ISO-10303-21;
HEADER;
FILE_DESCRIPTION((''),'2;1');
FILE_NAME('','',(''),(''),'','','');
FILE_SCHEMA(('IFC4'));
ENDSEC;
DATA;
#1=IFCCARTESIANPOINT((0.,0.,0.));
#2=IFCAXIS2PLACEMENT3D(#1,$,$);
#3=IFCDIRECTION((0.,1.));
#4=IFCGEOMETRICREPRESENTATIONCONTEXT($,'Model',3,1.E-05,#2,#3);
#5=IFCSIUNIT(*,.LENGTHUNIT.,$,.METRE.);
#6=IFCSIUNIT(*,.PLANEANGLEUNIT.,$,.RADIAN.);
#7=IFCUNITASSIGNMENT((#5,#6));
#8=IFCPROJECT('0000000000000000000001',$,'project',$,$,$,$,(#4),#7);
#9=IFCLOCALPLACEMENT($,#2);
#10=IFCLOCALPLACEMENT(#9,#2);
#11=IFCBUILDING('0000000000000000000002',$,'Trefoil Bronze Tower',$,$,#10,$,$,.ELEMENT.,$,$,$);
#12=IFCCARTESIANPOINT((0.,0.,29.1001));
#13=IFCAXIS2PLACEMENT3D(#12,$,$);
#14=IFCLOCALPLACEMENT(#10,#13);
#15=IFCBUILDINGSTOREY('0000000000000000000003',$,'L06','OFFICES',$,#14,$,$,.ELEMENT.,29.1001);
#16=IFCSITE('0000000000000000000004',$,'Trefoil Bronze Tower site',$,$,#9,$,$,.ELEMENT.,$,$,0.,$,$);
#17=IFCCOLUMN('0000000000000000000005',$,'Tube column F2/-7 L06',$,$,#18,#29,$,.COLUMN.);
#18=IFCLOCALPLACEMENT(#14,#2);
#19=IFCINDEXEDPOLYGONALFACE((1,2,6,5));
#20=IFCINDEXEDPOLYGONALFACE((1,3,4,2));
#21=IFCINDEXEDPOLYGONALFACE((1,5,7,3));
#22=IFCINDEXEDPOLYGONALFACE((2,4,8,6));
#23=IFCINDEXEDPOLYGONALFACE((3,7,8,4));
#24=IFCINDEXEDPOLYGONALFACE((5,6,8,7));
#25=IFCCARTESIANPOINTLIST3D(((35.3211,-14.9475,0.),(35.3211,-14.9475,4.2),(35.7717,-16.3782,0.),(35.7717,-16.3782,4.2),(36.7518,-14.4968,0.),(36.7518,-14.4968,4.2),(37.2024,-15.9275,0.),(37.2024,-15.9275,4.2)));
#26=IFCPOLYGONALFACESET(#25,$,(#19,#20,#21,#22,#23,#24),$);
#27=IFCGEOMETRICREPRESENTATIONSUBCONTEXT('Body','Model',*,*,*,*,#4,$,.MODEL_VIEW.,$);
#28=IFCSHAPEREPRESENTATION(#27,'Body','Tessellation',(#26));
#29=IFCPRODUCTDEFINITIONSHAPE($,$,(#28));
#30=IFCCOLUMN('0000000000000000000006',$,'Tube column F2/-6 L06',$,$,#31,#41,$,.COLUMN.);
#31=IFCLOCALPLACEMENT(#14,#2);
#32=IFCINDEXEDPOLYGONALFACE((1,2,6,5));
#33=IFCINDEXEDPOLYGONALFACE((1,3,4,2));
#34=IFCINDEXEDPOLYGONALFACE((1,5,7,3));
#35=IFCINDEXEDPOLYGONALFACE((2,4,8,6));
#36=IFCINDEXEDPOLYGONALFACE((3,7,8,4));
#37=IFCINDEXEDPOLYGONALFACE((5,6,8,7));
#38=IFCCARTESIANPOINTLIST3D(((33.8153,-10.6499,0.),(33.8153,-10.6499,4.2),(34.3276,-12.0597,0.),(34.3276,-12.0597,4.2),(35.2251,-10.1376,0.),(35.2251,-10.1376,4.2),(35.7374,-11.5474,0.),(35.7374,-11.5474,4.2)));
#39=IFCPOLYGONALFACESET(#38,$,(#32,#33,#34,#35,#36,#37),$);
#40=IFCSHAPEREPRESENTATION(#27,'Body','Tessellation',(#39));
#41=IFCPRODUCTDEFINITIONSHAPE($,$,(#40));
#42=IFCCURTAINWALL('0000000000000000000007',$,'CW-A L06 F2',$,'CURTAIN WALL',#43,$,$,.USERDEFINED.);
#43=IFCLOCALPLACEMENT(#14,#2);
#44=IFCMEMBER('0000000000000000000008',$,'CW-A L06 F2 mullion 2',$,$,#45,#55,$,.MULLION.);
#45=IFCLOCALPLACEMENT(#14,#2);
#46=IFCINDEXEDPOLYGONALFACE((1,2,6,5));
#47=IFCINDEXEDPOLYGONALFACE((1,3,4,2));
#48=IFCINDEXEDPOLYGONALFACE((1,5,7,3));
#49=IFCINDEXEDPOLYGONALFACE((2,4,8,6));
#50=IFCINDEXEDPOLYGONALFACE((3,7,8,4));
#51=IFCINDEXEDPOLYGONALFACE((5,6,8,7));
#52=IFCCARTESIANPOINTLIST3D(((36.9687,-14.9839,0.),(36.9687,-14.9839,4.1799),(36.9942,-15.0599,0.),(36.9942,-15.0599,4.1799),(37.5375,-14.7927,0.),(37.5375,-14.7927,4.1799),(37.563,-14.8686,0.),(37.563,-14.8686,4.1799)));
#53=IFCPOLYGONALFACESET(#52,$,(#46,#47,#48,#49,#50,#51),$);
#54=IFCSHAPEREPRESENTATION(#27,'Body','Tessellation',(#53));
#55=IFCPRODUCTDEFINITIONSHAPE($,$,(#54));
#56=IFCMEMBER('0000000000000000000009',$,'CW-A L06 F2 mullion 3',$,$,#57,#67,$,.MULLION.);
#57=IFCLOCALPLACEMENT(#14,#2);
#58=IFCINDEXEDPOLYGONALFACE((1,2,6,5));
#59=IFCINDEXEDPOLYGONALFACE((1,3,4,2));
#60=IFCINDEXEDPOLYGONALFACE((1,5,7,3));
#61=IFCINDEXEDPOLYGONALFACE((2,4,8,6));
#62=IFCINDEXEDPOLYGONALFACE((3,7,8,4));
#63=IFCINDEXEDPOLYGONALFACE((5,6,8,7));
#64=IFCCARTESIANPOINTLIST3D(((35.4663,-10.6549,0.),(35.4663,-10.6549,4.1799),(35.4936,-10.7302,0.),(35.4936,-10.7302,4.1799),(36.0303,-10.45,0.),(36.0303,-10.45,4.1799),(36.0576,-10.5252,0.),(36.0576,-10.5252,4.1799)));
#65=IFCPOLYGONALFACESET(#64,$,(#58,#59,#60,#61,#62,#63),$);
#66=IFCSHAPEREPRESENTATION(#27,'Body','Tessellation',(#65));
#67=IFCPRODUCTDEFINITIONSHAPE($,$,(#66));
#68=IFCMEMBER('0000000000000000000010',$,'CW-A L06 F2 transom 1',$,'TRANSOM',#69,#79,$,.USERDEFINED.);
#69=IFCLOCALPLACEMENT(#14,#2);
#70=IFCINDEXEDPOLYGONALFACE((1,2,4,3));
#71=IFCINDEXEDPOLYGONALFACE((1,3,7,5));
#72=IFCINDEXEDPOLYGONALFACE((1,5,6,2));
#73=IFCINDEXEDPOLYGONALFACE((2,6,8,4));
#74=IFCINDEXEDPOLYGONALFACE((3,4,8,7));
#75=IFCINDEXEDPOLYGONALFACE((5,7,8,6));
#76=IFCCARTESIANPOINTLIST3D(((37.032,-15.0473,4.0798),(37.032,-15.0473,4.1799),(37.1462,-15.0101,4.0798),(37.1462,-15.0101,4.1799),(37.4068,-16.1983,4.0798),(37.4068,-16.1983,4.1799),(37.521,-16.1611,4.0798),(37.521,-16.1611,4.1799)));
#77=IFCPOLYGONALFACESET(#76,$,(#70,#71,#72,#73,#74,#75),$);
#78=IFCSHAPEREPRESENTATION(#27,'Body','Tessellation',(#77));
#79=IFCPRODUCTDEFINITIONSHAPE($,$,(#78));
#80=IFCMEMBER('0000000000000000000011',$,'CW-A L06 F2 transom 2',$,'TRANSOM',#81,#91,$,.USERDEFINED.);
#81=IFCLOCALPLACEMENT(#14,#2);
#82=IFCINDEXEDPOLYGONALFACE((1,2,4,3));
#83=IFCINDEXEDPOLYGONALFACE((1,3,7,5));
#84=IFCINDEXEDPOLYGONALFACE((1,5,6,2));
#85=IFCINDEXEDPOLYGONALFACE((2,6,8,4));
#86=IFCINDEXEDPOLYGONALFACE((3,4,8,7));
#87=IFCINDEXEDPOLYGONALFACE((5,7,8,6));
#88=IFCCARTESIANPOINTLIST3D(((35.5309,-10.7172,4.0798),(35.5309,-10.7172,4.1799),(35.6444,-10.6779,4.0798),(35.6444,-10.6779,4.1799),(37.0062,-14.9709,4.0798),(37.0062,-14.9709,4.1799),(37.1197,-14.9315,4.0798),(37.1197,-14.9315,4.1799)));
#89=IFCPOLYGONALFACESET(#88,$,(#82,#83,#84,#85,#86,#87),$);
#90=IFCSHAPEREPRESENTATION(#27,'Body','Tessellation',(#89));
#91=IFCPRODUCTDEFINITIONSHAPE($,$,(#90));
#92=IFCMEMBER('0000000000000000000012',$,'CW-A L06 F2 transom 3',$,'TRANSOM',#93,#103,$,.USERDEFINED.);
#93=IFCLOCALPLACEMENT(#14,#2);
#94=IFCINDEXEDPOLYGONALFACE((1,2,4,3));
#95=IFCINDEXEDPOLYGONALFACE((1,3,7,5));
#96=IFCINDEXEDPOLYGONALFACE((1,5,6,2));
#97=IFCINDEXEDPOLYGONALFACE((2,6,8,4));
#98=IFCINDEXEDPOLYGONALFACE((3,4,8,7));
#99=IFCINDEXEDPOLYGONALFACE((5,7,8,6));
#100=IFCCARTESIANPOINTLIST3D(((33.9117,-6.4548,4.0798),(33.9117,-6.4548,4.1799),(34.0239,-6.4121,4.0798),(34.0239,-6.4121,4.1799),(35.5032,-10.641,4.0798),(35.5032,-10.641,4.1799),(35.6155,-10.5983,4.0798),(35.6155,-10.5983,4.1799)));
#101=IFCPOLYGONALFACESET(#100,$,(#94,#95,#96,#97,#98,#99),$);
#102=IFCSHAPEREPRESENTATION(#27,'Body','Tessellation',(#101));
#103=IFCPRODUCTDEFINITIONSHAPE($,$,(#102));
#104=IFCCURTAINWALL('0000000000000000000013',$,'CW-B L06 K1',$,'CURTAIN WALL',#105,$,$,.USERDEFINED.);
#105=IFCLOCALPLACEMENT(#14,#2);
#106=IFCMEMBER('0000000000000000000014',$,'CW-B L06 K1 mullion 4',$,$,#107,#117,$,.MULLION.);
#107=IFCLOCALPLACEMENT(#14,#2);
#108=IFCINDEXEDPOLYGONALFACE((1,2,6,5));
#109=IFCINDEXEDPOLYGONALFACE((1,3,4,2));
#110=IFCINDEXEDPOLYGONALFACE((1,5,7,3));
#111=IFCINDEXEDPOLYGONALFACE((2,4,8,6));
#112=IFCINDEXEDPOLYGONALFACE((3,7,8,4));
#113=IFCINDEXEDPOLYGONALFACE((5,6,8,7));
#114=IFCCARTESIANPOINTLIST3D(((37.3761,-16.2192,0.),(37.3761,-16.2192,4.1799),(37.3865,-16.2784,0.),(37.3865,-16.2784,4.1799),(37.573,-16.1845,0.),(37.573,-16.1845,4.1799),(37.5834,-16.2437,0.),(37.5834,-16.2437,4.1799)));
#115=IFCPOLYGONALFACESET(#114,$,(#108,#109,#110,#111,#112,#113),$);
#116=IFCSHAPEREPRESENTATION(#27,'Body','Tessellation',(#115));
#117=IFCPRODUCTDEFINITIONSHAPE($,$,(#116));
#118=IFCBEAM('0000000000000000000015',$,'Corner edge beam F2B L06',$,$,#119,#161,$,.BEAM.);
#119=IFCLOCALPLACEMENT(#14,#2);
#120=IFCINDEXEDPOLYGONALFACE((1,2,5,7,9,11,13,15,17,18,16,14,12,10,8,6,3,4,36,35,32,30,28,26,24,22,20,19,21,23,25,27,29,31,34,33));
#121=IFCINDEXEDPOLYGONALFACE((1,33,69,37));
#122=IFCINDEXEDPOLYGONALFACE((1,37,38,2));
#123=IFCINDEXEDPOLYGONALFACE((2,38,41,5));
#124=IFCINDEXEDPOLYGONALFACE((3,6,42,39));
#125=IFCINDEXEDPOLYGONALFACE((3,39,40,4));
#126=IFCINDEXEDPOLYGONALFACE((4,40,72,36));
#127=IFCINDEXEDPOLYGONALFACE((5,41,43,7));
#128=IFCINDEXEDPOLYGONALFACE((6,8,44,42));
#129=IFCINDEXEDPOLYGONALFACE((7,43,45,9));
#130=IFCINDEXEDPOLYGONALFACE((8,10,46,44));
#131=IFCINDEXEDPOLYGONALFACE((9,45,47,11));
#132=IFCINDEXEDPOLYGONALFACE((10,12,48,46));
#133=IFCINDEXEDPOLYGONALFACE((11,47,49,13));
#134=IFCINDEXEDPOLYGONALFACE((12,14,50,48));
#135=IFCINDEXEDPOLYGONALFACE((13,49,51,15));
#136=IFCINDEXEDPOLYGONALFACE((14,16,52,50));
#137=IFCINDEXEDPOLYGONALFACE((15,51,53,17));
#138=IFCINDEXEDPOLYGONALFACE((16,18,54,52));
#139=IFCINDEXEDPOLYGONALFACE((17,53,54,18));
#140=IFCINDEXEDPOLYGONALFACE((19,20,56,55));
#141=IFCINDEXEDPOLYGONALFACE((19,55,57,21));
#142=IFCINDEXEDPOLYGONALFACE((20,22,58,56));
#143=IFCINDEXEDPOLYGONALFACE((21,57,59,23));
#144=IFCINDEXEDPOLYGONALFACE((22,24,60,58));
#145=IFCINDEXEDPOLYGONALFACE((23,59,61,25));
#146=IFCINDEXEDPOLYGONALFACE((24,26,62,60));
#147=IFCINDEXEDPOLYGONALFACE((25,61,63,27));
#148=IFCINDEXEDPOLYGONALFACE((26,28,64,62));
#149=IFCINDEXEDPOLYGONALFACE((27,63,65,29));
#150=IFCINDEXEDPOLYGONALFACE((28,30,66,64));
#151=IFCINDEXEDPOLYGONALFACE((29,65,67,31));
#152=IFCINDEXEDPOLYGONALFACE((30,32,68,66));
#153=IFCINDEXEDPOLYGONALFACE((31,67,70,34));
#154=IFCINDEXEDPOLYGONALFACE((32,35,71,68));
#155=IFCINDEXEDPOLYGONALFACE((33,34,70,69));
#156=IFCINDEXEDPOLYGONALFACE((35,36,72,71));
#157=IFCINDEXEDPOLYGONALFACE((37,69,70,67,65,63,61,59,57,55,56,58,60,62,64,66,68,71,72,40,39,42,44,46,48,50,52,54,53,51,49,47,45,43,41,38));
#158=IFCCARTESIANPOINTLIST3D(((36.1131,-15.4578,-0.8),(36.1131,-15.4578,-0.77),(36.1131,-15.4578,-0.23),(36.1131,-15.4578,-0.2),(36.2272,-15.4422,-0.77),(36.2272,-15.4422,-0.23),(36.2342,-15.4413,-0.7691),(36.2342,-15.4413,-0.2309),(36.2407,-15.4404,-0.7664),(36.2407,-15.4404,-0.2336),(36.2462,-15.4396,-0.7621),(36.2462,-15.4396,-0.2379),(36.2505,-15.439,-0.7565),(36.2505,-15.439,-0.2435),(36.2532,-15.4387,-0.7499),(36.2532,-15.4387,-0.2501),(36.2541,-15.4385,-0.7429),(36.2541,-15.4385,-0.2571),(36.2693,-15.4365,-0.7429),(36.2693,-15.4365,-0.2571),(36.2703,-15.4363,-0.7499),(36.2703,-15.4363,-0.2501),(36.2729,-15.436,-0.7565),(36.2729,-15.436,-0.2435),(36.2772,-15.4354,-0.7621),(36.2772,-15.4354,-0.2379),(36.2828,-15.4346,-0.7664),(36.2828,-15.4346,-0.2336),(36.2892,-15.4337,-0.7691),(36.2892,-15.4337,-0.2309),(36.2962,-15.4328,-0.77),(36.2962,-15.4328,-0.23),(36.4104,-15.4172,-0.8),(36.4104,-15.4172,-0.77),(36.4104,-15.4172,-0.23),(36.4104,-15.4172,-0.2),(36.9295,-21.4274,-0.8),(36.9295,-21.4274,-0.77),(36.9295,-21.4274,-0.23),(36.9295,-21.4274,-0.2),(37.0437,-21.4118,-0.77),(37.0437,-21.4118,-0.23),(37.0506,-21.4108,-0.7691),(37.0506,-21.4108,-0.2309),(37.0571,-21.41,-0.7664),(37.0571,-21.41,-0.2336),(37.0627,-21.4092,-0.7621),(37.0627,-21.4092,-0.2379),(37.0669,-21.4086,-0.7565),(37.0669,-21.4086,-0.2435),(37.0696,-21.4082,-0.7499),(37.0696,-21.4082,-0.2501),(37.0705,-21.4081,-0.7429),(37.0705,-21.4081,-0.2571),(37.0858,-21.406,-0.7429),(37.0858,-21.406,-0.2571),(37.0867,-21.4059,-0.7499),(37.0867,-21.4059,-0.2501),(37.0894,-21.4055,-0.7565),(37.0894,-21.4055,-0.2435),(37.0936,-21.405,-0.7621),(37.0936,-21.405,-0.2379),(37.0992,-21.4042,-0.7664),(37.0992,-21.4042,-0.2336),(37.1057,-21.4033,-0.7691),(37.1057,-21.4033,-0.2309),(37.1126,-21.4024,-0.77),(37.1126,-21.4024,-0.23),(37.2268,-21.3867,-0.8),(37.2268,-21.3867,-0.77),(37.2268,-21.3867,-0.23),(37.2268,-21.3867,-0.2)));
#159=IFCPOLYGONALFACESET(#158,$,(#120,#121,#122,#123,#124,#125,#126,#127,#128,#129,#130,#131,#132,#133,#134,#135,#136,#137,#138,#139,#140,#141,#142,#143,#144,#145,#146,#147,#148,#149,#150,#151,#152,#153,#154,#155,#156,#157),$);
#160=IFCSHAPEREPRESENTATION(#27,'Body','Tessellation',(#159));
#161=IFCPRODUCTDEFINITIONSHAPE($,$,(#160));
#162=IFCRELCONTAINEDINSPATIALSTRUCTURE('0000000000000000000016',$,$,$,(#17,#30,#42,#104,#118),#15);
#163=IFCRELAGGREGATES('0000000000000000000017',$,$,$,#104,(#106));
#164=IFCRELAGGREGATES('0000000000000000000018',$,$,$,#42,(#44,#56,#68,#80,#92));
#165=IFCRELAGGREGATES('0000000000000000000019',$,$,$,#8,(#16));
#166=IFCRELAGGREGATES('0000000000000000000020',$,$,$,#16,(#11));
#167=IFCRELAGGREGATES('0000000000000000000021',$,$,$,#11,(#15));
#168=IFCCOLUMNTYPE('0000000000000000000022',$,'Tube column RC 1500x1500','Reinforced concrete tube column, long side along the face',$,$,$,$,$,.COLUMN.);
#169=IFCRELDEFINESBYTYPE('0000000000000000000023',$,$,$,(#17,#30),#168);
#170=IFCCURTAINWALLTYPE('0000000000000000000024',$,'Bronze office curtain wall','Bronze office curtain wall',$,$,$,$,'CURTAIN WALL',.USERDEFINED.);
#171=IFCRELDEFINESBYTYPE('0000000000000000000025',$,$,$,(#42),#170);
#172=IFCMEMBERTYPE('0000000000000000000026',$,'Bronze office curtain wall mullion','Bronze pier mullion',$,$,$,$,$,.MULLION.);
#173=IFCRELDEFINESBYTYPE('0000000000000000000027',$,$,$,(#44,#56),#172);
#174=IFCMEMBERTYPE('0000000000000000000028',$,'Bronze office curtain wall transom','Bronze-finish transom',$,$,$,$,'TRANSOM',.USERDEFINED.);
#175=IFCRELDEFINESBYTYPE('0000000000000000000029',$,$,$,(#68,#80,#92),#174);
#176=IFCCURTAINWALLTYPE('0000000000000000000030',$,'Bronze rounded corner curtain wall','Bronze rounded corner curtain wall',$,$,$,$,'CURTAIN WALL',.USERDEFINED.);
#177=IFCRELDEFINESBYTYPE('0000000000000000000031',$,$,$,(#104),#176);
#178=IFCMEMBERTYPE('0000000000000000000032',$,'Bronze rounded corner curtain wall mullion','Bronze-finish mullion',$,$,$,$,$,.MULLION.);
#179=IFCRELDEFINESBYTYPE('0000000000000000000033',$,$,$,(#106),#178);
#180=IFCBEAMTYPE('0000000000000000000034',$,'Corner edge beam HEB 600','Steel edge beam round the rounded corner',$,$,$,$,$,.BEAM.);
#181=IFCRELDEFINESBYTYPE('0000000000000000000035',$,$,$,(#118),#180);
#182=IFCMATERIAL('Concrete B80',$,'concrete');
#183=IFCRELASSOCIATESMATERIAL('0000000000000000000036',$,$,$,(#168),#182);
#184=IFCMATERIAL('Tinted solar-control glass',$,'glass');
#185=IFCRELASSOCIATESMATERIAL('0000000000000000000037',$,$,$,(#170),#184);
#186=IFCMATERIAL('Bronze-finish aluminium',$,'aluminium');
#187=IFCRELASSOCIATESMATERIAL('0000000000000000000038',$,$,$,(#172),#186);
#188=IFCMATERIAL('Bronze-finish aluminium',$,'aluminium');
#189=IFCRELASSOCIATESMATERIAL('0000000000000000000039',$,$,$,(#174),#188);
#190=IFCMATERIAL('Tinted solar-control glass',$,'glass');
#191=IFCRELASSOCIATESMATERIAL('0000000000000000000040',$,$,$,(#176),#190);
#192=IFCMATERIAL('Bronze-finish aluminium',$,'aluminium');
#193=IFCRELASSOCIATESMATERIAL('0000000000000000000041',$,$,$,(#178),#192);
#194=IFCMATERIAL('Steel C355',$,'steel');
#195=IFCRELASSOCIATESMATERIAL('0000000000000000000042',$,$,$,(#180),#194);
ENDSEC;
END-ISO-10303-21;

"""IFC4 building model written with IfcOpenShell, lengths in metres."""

from ifc_helpers import new_model, si_unit, direction, frame, origin, origin_2d, place, context, subcontext, project, spatial, rectangle, i_section, extrude, material, material_profile, profile_set, type_object, element, aggregate, save


model = new_model("IFC4")

# Units and contexts
model_context = context("Model", 3, precision=1e-05, world=origin(), true_north=direction((0.0, 1.0)))
body_context = subcontext(model_context, "Body", "Model", "MODEL_VIEW")
ifc_project = project(units=[si_unit("LENGTHUNIT", "METRE"), si_unit("PLANEANGLEUNIT", "RADIAN")], contexts=[model_context])

# Site, building, storey
site_placement = place(None, origin())
site = spatial("IfcSite", under=ifc_project, at=site_placement, Name="Trefoil Bronze Tower site", CompositionType="ELEMENT", RefElevation=0.0)
building_placement = place(site_placement, origin())
building = spatial("IfcBuilding", under=site, at=building_placement, Name="Trefoil Bronze Tower", CompositionType="ELEMENT")
storey_placement = place(building_placement, frame((0.0, 0.0, 29.1001)))
storey = spatial("IfcBuildingStorey", under=building, at=storey_placement, Name="L06", Description="OFFICES", CompositionType="ELEMENT", Elevation=29.1001)

# Columns
ifc_material_1 = material(Name="Concrete B80", Category="concrete")
ifc_material_profile_1 = material_profile(ifc_material_1, rectangle(XDim=1.5, YDim=1.5, at=origin_2d()), Name="RC 1500x1500")
ifc_profile_set_1 = profile_set([ifc_material_profile_1], Name="Concrete B80")
column_type = type_object("IfcColumnType", Name="Tube column RC 1500x1500", Description="Reinforced concrete tube column, long side along the face", PredefinedType="COLUMN", material=ifc_profile_set_1)
for number, where, z_axis, x_axis, name in (
    (1, (36.2617, -15.4375, 0.0), (0.0, 0.0, 1.0), (-0.300414, 0.953809, 0.0), "Tube column F2/-7 L06"),
    (2, (34.7764, -11.0986, 0.0), (0.0, 0.0, 1.0), (-0.341559, 0.93986, 0.0), "Tube column F2/-6 L06"),
):
    element("IfcColumn", number, at=place(storey_placement, frame(where, z_axis=z_axis, x_axis=x_axis)), inside=storey, type_object=column_type, Name=name, PredefinedType="COLUMN", context=body_context, shape_type="SweptSolid", body=[
        extrude(rectangle(XDim=1.5, YDim=1.5, at=origin_2d()), origin(), (0.0, 0.0, 1.0), 4.2),
    ])

# Curtain wall, members
ifc_material_2 = material(Name="Tinted solar-control glass", Category="glass")
curtain_wall_type_1 = type_object("IfcCurtainWallType", Name="Bronze office curtain wall", Description="Bronze office curtain wall", ElementType="CURTAIN WALL", PredefinedType="USERDEFINED", material=ifc_material_2)
curtain_wall_1_placement = place(storey_placement, origin())
curtain_wall_1 = element("IfcCurtainWall", 3, at=curtain_wall_1_placement, inside=storey, type_object=curtain_wall_type_1, Name="CW-A L06 F2", ObjectType="CURTAIN WALL", PredefinedType="USERDEFINED")
ifc_material_3 = material(Name="Bronze-finish aluminium", Category="aluminium")
ifc_material_profile_2 = material_profile(ifc_material_3, rectangle(XDim=0.6001, YDim=0.0801, at=origin_2d()), Name="CW-A mullion")
ifc_profile_set_2 = profile_set([ifc_material_profile_2], Name="Bronze-finish aluminium")
member_type_1 = type_object("IfcMemberType", Name="Bronze office curtain wall mullion", Description="Bronze pier mullion", PredefinedType="MULLION", material=ifc_profile_set_2)
member_1_placement = place(storey_placement, frame((37.2659, -14.9263, 0.0), z_axis=(0.0, 0.0, 1.0), x_axis=(-0.947851, -0.318715, 0.0)))
member_1 = element("IfcMember", 4, at=member_1_placement, type_object=member_type_1, Name="CW-A L06 F2 mullion 2", PredefinedType="MULLION", context=body_context, shape_type="SweptSolid", body=[
    extrude(rectangle(XDim=0.6001, YDim=0.0801, at=origin_2d()), origin(), (0.0, 0.0, 1.0), 4.1799),
])
member_2_placement = place(storey_placement, frame((35.762, -10.5901, 0.0), z_axis=(0.0, 0.0, 1.0), x_axis=(-0.93986, -0.341559, 0.0)))
member_2 = element("IfcMember", 5, at=member_2_placement, type_object=member_type_1, Name="CW-A L06 F2 mullion 3", PredefinedType="MULLION", context=body_context, shape_type="SweptSolid", body=[
    extrude(rectangle(XDim=0.6001, YDim=0.0801, at=origin_2d()), origin(), (0.0, 0.0, 1.0), 4.1799),
])
ifc_material_4 = material(Name="Bronze-finish aluminium", Category="aluminium")
ifc_material_profile_3 = material_profile(ifc_material_4, rectangle(XDim=0.1201, YDim=0.1001, at=origin_2d()), Name="CW-A transom")
ifc_profile_set_3 = profile_set([ifc_material_profile_3], Name="Bronze-finish aluminium")
member_type_2 = type_object("IfcMemberType", Name="Bronze office curtain wall transom", Description="Bronze-finish transom", ElementType="TRANSOM", PredefinedType="USERDEFINED", material=ifc_profile_set_3)
member_3_placement = place(storey_placement, frame((37.4639, -16.1797, 4.1299), z_axis=(-0.309624, 0.950859, 0.0), x_axis=(-0.950859, -0.309624, 0.0)))
member_3 = element("IfcMember", 6, at=member_3_placement, type_object=member_type_2, Name="CW-A L06 F2 transom 1", ObjectType="TRANSOM", PredefinedType="USERDEFINED", context=body_context, shape_type="SweptSolid", body=[
    extrude(rectangle(XDim=0.1201, YDim=0.1001, at=origin_2d()), origin(), (0.0, 0.0, 1.0), 1.2104),
])
member_4_placement = place(storey_placement, frame((37.063, -14.9512, 4.1299), z_axis=(-0.32769, 0.944785, 0.0), x_axis=(-0.944785, -0.32769, 0.0)))
member_4 = element("IfcMember", 7, at=member_4_placement, type_object=member_type_2, Name="CW-A L06 F2 transom 2", ObjectType="TRANSOM", PredefinedType="USERDEFINED", context=body_context, shape_type="SweptSolid", body=[
    extrude(rectangle(XDim=0.1201, YDim=0.1001, at=origin_2d()), origin(), (0.0, 0.0, 1.0), 4.5022),
])
member_5_placement = place(storey_placement, frame((35.5593, -10.6196, 4.1299), z_axis=(-0.355367, 0.934727, 0.0), x_axis=(-0.934727, -0.355367, 0.0)))
member_5 = element("IfcMember", 8, at=member_5_placement, type_object=member_type_2, Name="CW-A L06 F2 transom 3", ObjectType="TRANSOM", PredefinedType="USERDEFINED", context=body_context, shape_type="SweptSolid", body=[
    extrude(rectangle(XDim=0.1201, YDim=0.1001, at=origin_2d()), origin(), (0.0, 0.0, 1.0), 4.4785),
])

# Curtain wall, member
ifc_material_5 = material(Name="Tinted solar-control glass", Category="glass")
curtain_wall_type_2 = type_object("IfcCurtainWallType", Name="Bronze rounded corner curtain wall", Description="Bronze rounded corner curtain wall", ElementType="CURTAIN WALL", PredefinedType="USERDEFINED", material=ifc_material_5)
curtain_wall_2_placement = place(storey_placement, origin())
curtain_wall_2 = element("IfcCurtainWall", 9, at=curtain_wall_2_placement, inside=storey, type_object=curtain_wall_type_2, Name="CW-B L06 K1", ObjectType="CURTAIN WALL", PredefinedType="USERDEFINED")
ifc_material_6 = material(Name="Bronze-finish aluminium", Category="aluminium")
ifc_material_profile_4 = material_profile(ifc_material_6, rectangle(XDim=0.2, YDim=0.0601, at=origin_2d()), Name="CW-B mullion")
ifc_profile_set_4 = profile_set([ifc_material_profile_4], Name="Bronze-finish aluminium")
member_type_3 = type_object("IfcMemberType", Name="Bronze rounded corner curtain wall mullion", Description="Bronze-finish mullion", PredefinedType="MULLION", material=ifc_profile_set_4)
member_6_placement = place(storey_placement, frame((37.4797, -16.2314, 0.0), z_axis=(0.0, 0.0, 1.0), x_axis=(-0.984808, -0.173648, 0.0)))
member_6 = element("IfcMember", 10, at=member_6_placement, type_object=member_type_3, Name="CW-B L06 K1 mullion 4", PredefinedType="MULLION", context=body_context, shape_type="SweptSolid", body=[
    extrude(rectangle(XDim=0.2, YDim=0.0601, at=origin_2d()), origin(), (0.0, 0.0, 1.0), 4.1799),
])
aggregate(curtain_wall_2, [member_6])

# Beam
ifc_material_7 = material(Name="Steel C355", Category="steel")
ifc_material_profile_5 = material_profile(ifc_material_7, i_section(OverallWidth=0.3, OverallDepth=0.6001, WebThickness=0.0154, FlangeThickness=0.03, FilletRadius=0.0271, at=origin_2d()), Name="HEB 600")
ifc_profile_set_5 = profile_set([ifc_material_profile_5], Name="Steel C355")
beam_type_1 = type_object("IfcBeamType", Name="Corner edge beam HEB 600", Description="Steel edge beam round the rounded corner", PredefinedType="BEAM", material=ifc_profile_set_5)
beam_1_placement = place(storey_placement, frame((36.2617, -15.4375, -0.5), z_axis=(0.135502, -0.990777, 0.0), x_axis=(0.990777, 0.135502, 0.0)))
element("IfcBeam", 11, at=beam_1_placement, inside=storey, type_object=beam_type_1, Name="Corner edge beam F2B L06", PredefinedType="BEAM", context=body_context, shape_type="SweptSolid", body=[
    extrude(i_section(OverallWidth=0.3, OverallDepth=0.6001, WebThickness=0.0154, FlangeThickness=0.03, FilletRadius=0.0271, at=origin_2d()), origin(), (0.0, 0.0, 1.0), 6.0251),
])

aggregate(curtain_wall_1, [member_1, member_2, member_3, member_4, member_5])

save(model, "model.ifc")
